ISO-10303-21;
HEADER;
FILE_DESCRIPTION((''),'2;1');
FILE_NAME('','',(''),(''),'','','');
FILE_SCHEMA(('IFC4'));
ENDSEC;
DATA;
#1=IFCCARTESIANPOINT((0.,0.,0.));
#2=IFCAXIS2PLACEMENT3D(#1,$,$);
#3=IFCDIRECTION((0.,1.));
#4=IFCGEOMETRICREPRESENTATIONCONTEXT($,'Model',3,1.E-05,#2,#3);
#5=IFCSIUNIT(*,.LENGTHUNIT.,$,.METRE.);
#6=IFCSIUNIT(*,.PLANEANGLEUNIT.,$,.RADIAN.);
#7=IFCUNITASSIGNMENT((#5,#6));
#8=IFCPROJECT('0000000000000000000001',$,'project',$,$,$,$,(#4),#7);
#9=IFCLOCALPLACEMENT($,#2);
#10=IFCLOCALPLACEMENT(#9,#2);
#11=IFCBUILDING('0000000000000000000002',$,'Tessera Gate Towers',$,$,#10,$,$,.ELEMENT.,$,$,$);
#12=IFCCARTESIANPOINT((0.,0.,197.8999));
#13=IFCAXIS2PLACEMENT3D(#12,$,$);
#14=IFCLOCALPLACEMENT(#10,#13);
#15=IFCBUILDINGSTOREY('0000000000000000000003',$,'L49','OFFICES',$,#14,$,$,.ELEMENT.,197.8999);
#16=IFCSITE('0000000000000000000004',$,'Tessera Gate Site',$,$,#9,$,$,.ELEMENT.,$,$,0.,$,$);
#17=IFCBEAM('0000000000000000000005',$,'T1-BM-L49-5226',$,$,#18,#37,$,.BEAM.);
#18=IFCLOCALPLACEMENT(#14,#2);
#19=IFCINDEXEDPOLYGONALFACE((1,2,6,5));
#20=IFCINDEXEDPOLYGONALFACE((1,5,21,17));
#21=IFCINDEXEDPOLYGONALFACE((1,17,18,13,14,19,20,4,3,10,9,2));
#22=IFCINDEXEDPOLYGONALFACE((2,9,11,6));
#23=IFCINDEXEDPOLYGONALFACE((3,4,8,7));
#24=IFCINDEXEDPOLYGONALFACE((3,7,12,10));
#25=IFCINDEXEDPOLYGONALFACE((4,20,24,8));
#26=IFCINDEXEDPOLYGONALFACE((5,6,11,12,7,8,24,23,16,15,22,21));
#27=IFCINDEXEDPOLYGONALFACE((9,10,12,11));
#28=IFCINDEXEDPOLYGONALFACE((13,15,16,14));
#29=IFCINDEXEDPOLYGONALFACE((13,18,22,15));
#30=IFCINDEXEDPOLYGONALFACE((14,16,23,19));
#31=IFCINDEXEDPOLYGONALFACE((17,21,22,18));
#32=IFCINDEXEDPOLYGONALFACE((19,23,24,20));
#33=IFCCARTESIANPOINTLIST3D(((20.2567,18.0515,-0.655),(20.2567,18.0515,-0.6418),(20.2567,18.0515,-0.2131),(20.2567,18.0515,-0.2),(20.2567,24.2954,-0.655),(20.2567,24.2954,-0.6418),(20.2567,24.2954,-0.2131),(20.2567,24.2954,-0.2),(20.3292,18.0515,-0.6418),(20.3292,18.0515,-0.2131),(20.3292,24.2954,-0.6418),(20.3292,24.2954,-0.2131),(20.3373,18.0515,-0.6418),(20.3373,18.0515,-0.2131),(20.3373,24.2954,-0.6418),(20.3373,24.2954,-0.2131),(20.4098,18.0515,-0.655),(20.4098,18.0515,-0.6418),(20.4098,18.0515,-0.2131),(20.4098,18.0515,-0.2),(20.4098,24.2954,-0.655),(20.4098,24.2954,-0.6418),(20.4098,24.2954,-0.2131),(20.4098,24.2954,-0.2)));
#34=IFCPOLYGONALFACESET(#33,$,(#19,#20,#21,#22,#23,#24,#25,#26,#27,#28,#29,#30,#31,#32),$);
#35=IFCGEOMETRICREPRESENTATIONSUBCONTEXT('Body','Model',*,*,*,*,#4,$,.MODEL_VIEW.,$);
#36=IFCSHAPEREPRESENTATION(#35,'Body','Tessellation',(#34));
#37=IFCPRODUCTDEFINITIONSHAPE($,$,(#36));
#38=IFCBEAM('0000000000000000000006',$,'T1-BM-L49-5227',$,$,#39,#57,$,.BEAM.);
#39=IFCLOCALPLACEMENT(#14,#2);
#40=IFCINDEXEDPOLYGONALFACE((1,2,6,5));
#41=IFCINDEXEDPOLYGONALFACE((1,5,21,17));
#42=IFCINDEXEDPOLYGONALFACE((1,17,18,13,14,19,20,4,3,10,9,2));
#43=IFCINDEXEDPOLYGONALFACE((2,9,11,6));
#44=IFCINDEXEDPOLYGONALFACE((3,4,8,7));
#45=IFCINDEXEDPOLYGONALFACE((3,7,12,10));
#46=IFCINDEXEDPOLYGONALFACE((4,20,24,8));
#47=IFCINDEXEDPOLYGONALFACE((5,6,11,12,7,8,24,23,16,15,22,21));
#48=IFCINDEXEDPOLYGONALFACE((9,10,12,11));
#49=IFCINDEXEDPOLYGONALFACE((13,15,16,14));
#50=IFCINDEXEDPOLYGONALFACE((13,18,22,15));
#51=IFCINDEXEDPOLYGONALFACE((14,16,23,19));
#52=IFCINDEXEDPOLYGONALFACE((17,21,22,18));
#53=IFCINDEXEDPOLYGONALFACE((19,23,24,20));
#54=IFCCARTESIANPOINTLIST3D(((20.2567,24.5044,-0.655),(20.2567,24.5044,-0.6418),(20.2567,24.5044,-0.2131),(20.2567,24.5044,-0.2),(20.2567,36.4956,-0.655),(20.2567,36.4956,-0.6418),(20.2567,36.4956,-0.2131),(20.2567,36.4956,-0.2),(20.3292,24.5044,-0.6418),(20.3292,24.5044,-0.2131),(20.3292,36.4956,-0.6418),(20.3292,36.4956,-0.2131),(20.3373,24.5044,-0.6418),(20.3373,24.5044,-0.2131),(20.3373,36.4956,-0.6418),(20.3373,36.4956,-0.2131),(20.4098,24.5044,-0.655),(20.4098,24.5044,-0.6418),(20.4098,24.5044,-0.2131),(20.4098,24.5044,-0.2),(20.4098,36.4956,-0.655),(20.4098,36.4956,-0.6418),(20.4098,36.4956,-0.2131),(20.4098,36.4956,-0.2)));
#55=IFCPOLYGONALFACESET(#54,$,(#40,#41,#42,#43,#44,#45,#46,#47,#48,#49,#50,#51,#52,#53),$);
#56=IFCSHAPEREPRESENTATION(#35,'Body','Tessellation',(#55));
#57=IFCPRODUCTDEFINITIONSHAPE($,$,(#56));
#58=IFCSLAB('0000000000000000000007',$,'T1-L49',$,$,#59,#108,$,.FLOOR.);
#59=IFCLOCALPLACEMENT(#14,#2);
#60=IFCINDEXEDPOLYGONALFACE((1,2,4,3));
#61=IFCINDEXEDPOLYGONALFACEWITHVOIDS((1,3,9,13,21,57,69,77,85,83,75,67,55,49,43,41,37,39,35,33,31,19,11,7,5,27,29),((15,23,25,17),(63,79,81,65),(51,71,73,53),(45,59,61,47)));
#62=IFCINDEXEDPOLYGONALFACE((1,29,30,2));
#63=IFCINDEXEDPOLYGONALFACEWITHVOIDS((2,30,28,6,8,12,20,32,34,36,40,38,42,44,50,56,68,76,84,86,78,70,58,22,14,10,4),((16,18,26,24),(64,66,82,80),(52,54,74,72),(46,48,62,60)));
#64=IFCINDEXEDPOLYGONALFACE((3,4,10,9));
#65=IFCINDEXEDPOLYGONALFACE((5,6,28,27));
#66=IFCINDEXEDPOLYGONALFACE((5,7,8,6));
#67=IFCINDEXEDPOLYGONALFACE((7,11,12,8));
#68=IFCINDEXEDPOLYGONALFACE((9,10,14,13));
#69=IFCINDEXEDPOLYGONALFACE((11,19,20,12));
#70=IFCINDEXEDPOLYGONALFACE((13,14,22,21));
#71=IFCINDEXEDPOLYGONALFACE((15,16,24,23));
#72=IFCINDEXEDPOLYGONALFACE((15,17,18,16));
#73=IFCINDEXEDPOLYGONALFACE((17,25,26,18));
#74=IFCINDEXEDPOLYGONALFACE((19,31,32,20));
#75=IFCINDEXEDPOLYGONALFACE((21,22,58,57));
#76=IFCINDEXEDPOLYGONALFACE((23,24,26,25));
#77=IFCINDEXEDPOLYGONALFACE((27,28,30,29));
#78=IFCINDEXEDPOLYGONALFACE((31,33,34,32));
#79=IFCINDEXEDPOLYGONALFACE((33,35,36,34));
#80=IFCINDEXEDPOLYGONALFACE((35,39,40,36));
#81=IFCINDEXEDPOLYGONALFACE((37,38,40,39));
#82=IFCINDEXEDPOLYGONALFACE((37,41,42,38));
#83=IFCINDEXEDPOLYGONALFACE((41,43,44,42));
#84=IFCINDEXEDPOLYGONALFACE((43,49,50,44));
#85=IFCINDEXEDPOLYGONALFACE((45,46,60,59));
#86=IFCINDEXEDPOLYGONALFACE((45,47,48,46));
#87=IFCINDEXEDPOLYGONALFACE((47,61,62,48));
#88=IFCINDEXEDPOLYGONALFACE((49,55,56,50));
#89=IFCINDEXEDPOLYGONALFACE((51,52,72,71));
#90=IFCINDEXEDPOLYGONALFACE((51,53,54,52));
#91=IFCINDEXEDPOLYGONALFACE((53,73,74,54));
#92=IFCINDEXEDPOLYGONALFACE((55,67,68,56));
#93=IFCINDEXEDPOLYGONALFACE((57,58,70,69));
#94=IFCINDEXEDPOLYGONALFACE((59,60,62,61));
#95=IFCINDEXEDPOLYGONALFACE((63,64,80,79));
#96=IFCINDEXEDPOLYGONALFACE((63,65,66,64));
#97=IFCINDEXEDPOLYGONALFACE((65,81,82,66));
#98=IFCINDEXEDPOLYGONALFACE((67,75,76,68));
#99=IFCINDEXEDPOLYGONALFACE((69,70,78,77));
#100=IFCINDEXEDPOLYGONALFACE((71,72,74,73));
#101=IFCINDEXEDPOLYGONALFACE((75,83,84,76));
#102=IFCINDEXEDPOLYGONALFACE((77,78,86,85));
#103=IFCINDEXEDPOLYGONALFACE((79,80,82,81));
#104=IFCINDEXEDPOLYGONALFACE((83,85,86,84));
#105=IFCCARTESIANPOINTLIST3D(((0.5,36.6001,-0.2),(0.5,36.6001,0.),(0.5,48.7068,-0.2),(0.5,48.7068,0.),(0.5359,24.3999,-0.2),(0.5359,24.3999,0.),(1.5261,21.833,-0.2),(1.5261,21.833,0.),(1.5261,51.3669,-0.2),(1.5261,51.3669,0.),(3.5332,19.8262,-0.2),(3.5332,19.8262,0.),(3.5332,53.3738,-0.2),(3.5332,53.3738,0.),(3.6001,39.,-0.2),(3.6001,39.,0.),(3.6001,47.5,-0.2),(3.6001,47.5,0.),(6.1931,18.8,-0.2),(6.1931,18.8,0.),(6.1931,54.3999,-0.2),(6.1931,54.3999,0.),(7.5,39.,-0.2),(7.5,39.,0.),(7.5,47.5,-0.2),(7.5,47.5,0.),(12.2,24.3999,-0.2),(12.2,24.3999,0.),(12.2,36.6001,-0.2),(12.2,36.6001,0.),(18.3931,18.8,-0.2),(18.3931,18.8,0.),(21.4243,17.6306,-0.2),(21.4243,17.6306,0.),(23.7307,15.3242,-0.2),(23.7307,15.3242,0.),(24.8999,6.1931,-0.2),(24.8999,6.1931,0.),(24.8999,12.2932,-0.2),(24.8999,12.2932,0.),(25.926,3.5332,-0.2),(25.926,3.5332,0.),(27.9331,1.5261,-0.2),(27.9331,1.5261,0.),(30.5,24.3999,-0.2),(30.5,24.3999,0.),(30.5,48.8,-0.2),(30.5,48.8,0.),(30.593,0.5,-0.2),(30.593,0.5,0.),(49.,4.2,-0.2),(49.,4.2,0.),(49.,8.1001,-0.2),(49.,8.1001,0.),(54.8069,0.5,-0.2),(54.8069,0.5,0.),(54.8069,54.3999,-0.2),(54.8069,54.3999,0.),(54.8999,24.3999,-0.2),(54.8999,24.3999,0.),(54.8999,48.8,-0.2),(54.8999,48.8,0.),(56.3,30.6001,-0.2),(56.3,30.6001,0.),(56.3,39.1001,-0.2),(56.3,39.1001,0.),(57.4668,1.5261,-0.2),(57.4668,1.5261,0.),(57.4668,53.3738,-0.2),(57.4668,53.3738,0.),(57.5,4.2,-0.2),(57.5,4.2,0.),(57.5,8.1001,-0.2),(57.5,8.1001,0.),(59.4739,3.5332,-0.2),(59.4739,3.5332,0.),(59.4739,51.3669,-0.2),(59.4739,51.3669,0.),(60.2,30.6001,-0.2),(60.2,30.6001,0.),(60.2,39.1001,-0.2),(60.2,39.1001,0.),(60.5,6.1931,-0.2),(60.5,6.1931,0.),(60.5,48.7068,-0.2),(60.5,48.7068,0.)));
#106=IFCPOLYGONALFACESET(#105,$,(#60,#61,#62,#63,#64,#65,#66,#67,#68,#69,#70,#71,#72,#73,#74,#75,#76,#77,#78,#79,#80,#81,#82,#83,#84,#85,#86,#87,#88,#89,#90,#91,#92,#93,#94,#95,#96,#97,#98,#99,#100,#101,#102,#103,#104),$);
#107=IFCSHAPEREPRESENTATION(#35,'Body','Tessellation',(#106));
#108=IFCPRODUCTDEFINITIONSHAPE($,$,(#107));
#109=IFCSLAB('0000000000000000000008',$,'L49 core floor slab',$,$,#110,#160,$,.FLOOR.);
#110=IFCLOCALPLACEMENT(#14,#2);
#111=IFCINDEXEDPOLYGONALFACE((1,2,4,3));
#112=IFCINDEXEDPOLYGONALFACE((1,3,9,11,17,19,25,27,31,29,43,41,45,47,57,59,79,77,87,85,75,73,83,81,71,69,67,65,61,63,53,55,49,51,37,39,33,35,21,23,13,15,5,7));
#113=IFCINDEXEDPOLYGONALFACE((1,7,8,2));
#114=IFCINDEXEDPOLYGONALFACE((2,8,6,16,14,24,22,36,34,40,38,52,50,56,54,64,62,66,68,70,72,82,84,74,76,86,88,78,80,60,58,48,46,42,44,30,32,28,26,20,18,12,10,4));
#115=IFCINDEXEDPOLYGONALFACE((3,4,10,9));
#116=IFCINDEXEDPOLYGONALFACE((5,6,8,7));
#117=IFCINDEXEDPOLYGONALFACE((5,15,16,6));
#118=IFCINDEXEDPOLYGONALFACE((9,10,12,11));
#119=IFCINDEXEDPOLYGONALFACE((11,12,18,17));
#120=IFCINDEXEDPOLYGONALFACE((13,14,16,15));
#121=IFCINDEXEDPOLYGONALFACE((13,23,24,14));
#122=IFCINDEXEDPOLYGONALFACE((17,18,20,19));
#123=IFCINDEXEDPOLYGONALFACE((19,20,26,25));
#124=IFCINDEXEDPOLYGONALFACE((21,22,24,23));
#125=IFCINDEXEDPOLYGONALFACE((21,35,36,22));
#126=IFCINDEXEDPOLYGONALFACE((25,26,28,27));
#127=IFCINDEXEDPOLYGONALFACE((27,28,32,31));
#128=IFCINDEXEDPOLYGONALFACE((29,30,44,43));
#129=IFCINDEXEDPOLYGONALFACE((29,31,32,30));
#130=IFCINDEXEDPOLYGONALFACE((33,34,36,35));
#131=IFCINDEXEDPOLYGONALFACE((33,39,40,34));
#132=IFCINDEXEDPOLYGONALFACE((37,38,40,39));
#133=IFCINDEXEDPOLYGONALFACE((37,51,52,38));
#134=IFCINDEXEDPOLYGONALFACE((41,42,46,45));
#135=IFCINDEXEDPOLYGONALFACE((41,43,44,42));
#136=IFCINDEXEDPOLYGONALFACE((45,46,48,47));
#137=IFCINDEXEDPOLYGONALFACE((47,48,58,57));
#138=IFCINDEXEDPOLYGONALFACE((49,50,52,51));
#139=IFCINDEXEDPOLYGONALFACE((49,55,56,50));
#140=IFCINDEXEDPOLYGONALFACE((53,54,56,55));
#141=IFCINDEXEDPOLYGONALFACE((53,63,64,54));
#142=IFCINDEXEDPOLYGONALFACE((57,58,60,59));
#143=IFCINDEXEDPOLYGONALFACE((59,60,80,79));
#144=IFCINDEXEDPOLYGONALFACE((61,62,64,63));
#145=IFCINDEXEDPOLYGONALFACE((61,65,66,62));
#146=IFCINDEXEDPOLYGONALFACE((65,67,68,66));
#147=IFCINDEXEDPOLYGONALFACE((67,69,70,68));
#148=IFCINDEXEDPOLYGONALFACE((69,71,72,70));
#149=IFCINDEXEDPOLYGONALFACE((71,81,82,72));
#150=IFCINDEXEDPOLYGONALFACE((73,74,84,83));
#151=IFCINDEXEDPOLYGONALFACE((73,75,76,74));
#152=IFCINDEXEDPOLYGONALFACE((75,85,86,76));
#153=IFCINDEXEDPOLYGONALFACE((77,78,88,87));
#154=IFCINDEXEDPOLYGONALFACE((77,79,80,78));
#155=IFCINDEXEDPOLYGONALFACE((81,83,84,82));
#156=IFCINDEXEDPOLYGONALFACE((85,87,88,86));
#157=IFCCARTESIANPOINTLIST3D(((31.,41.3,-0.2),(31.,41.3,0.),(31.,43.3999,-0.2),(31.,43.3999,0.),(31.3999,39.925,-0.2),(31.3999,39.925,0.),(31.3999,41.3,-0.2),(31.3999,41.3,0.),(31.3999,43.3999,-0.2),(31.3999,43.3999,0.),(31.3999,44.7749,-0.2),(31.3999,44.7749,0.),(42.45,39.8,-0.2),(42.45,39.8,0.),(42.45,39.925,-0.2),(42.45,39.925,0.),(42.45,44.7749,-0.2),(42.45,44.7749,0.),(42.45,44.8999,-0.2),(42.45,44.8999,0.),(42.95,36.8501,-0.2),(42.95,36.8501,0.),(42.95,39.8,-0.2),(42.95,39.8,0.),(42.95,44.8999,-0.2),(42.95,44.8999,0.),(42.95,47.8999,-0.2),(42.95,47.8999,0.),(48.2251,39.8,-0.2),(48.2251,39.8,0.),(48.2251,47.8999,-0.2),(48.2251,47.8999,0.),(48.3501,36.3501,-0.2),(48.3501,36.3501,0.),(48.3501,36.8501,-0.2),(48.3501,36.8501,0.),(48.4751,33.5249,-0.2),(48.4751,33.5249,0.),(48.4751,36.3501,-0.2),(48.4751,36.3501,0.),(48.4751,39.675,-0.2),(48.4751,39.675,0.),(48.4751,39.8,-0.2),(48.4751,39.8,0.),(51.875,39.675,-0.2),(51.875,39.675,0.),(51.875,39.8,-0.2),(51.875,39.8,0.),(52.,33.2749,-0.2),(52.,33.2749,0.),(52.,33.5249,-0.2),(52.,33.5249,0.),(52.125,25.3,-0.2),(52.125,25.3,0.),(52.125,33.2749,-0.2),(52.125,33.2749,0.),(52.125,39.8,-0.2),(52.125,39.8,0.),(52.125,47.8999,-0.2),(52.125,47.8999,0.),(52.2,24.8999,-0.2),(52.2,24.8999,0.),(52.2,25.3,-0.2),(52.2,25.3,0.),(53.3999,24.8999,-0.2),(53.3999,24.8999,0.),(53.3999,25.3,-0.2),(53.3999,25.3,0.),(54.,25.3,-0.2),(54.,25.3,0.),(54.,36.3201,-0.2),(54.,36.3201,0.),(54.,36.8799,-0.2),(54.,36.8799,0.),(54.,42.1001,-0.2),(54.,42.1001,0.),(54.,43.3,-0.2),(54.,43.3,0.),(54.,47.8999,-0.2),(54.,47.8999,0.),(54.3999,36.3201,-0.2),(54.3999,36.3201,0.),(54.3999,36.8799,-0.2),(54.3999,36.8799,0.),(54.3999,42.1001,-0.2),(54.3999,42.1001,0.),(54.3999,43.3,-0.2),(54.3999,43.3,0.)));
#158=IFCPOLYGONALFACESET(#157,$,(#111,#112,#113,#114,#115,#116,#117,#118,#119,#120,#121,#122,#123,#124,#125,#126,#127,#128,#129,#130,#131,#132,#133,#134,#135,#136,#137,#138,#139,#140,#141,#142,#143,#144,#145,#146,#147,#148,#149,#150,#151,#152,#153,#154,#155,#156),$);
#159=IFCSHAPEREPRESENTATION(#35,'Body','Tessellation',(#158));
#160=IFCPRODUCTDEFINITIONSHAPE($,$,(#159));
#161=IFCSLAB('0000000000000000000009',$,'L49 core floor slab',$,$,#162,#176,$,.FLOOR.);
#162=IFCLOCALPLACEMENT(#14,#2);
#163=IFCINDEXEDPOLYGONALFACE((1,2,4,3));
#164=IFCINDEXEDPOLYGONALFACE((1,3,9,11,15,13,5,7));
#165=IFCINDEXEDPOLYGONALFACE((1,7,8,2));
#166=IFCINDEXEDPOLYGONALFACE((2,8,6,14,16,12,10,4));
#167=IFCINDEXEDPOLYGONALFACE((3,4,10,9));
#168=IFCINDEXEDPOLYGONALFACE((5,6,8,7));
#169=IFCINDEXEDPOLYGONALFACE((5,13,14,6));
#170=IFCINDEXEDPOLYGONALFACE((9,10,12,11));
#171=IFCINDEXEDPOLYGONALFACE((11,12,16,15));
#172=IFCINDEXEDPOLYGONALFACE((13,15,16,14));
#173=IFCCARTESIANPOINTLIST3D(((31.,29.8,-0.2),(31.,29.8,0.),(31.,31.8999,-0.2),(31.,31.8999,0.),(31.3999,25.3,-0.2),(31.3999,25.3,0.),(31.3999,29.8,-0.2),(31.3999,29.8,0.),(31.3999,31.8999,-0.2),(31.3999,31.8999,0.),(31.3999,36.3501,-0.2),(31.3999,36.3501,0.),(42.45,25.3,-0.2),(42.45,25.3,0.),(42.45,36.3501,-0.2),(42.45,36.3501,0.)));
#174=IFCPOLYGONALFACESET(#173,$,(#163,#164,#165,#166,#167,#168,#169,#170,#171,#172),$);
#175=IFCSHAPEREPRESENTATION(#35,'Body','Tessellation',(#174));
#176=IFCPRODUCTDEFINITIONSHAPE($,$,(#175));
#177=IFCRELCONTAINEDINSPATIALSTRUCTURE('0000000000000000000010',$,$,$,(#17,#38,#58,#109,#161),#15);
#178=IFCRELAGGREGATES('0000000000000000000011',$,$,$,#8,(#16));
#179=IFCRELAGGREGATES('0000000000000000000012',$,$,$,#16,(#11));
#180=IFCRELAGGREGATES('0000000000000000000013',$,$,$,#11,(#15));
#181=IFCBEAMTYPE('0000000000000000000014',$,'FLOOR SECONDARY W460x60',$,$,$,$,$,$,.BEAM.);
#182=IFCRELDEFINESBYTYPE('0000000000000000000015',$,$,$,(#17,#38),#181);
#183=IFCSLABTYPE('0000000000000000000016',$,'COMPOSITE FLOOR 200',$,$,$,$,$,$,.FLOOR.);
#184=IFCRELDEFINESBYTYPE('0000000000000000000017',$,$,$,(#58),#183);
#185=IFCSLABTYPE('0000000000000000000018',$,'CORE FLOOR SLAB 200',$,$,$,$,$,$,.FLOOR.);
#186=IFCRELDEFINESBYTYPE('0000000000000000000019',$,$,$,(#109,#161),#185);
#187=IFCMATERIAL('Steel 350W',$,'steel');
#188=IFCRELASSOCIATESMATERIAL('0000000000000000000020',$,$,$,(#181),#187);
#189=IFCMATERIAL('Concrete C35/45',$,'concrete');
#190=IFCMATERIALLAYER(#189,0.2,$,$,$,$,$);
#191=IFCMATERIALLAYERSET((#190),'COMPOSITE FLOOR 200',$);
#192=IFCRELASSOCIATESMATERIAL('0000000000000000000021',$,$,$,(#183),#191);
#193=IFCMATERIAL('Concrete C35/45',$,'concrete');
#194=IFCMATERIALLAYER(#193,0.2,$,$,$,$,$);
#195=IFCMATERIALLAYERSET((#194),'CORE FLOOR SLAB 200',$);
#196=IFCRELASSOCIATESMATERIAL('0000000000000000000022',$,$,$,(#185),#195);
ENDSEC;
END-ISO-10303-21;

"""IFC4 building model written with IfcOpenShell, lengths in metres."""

from ifc_helpers import new_model, si_unit, direction, frame, origin, origin_2d, place, context, subcontext, project, spatial, polyline, i_section, outline, extrude, material, layer, layer_set, material_profile, profile_set, type_object, element, save


model = new_model("IFC4")

# Units and contexts
model_context = context("Model", 3, precision=1e-05, world=origin(), true_north=direction((0.0, 1.0)))
body_context = subcontext(model_context, "Body", "Model", "MODEL_VIEW")
ifc_project = project(units=[si_unit("LENGTHUNIT", "METRE"), si_unit("PLANEANGLEUNIT", "RADIAN")], contexts=[model_context])

# Site, building, storey
site_placement = place(None, origin())
site = spatial("IfcSite", under=ifc_project, at=site_placement, Name="Tessera Gate Site", CompositionType="ELEMENT", RefElevation=0.0)
building_placement = place(site_placement, origin())
building = spatial("IfcBuilding", under=site, at=building_placement, Name="Tessera Gate Towers", CompositionType="ELEMENT")
storey_placement = place(building_placement, frame((0.0, 0.0, 197.8999)))
storey = spatial("IfcBuildingStorey", under=building, at=storey_placement, Name="L49", Description="OFFICES", CompositionType="ELEMENT", Elevation=197.8999)

# Beams
ifc_material_1 = material(Name="Steel 350W", Category="steel")
ifc_material_profile_1 = material_profile(ifc_material_1, i_section(OverallWidth=0.1531, OverallDepth=0.4551, WebThickness=0.0081, FlangeThickness=0.0132, at=origin_2d()), Name="W460x60")
ifc_profile_set_1 = profile_set([ifc_material_profile_1], Name="Steel 350W")
beam_type_1 = type_object("IfcBeamType", Name="FLOOR SECONDARY W460x60", PredefinedType="BEAM", material=ifc_profile_set_1)
beam_1_placement = place(storey_placement, frame((20.3333, 18.0515, -0.4275), z_axis=(0.0, 1.0, 0.0), x_axis=(-1.0, 0.0, 0.0)))
element("IfcBeam", 1, at=beam_1_placement, inside=storey, type_object=beam_type_1, Name="T1-BM-L49-5226", PredefinedType="BEAM", context=body_context, shape_type="SweptSolid", body=[
    extrude(i_section(OverallWidth=0.1531, OverallDepth=0.4551, WebThickness=0.0081, FlangeThickness=0.0132, at=origin_2d()), origin(), (0.0, 0.0, 1.0), 6.2439),
])
beam_2_placement = place(storey_placement, frame((20.3333, 24.5044, -0.4275), z_axis=(0.0, 1.0, 0.0), x_axis=(-1.0, 0.0, 0.0)))
element("IfcBeam", 2, at=beam_2_placement, inside=storey, type_object=beam_type_1, Name="T1-BM-L49-5227", PredefinedType="BEAM", context=body_context, shape_type="SweptSolid", body=[
    extrude(i_section(OverallWidth=0.1531, OverallDepth=0.4551, WebThickness=0.0081, FlangeThickness=0.0132, at=origin_2d()), origin(), (0.0, 0.0, 1.0), 11.9912),
])

# Slabs
ifc_material_2 = material(Name="Concrete C35/45", Category="concrete")
ifc_layer_1 = layer(ifc_material_2, 0.2)
ifc_layer_set_1 = layer_set([ifc_layer_1], Name="COMPOSITE FLOOR 200")
slab_type_1 = type_object("IfcSlabType", Name="COMPOSITE FLOOR 200", PredefinedType="FLOOR", material=ifc_layer_set_1)
slab_1_placement = place(storey_placement, frame((0.0, 0.0, -0.2)))
element("IfcSlab", 3, at=slab_1_placement, inside=storey, type_object=slab_type_1, Name="T1-L49", PredefinedType="FLOOR", context=body_context, shape_type="SweptSolid", body=[
    extrude(outline(polyline([(0.5, 36.6001), (12.2, 36.6001), (12.2, 24.3999), (0.5359, 24.3999), (1.5261, 21.833), (3.5332, 19.8262), (6.1931, 18.8), (18.3931, 18.8), (21.4243, 17.6306), (23.7307, 15.3242), (24.8999, 12.2932), (24.8999, 6.1931), (25.926, 3.5332), (27.9331, 1.5261), (30.593, 0.5), (54.8069, 0.5), (57.4668, 1.5261), (59.4739, 3.5332), (60.5, 6.1931), (60.5, 48.7068), (59.4739, 51.3669), (57.4668, 53.3738), (54.8069, 54.3999), (6.1931, 54.3999), (3.5332, 53.3738), (1.5261, 51.3669), (0.5, 48.7068), (0.5, 36.6001)]), holes=[polyline([(3.6001, 39.0), (3.6001, 47.5), (7.5, 47.5), (7.5, 39.0), (3.6001, 39.0)]), polyline([(30.5, 24.3999), (30.5, 48.8), (54.8999, 48.8), (54.8999, 24.3999), (30.5, 24.3999)]), polyline([(49.0, 4.2), (49.0, 8.1001), (57.5, 8.1001), (57.5, 4.2), (49.0, 4.2)]), polyline([(56.3, 30.6001), (56.3, 39.1001), (60.2, 39.1001), (60.2, 30.6001), (56.3, 30.6001)])]), origin(), (0.0, 0.0, 1.0), 0.2),
])
ifc_material_3 = material(Name="Concrete C35/45", Category="concrete")
ifc_layer_2 = layer(ifc_material_3, 0.2)
ifc_layer_set_2 = layer_set([ifc_layer_2], Name="CORE FLOOR SLAB 200")
slab_type_2 = type_object("IfcSlabType", Name="CORE FLOOR SLAB 200", PredefinedType="FLOOR", material=ifc_layer_set_2)
slab_2_placement = place(storey_placement, frame((0.0, 0.0, -0.2)))
element("IfcSlab", 4, at=slab_2_placement, inside=storey, type_object=slab_type_2, Name="L49 core floor slab", PredefinedType="FLOOR", context=body_context, shape_type="SweptSolid", body=[
    extrude(outline(polyline([(42.45, 44.8999), (42.45, 44.7749), (31.3999, 44.7749), (31.3999, 43.3999), (31.0, 43.3999), (31.0, 41.3), (31.3999, 41.3), (31.3999, 39.925), (42.45, 39.925), (42.45, 39.8), (42.95, 39.8), (42.95, 36.8501), (48.3501, 36.8501), (48.3501, 36.3501), (48.4751, 36.3501), (48.4751, 33.5249), (52.0, 33.5249), (52.0, 33.2749), (52.125, 33.2749), (52.125, 25.3), (52.2, 25.3), (52.2, 24.8999), (53.3999, 24.8999), (53.3999, 25.3), (54.0, 25.3), (54.0, 36.3201), (54.3999, 36.3201), (54.3999, 36.8799), (54.0, 36.8799), (54.0, 42.1001), (54.3999, 42.1001), (54.3999, 43.3), (54.0, 43.3), (54.0, 47.8999), (52.125, 47.8999), (52.125, 39.8), (51.875, 39.8), (51.875, 39.675), (48.4751, 39.675), (48.4751, 39.8), (48.2251, 39.8), (48.2251, 47.8999), (42.95, 47.8999), (42.95, 44.8999), (42.45, 44.8999)])), origin(), (0.0, 0.0, 1.0), 0.2),
])
slab_3_placement = place(storey_placement, frame((0.0, 0.0, -0.2)))
element("IfcSlab", 5, at=slab_3_placement, inside=storey, type_object=slab_type_2, Name="L49 core floor slab", PredefinedType="FLOOR", context=body_context, shape_type="SweptSolid", body=[
    extrude(outline(polyline([(31.3999, 36.3501), (31.3999, 31.8999), (31.0, 31.8999), (31.0, 29.8), (31.3999, 29.8), (31.3999, 25.3), (42.45, 25.3), (42.45, 36.3501), (31.3999, 36.3501)])), origin(), (0.0, 0.0, 1.0), 0.2),
])

save(model, "model.ifc")
